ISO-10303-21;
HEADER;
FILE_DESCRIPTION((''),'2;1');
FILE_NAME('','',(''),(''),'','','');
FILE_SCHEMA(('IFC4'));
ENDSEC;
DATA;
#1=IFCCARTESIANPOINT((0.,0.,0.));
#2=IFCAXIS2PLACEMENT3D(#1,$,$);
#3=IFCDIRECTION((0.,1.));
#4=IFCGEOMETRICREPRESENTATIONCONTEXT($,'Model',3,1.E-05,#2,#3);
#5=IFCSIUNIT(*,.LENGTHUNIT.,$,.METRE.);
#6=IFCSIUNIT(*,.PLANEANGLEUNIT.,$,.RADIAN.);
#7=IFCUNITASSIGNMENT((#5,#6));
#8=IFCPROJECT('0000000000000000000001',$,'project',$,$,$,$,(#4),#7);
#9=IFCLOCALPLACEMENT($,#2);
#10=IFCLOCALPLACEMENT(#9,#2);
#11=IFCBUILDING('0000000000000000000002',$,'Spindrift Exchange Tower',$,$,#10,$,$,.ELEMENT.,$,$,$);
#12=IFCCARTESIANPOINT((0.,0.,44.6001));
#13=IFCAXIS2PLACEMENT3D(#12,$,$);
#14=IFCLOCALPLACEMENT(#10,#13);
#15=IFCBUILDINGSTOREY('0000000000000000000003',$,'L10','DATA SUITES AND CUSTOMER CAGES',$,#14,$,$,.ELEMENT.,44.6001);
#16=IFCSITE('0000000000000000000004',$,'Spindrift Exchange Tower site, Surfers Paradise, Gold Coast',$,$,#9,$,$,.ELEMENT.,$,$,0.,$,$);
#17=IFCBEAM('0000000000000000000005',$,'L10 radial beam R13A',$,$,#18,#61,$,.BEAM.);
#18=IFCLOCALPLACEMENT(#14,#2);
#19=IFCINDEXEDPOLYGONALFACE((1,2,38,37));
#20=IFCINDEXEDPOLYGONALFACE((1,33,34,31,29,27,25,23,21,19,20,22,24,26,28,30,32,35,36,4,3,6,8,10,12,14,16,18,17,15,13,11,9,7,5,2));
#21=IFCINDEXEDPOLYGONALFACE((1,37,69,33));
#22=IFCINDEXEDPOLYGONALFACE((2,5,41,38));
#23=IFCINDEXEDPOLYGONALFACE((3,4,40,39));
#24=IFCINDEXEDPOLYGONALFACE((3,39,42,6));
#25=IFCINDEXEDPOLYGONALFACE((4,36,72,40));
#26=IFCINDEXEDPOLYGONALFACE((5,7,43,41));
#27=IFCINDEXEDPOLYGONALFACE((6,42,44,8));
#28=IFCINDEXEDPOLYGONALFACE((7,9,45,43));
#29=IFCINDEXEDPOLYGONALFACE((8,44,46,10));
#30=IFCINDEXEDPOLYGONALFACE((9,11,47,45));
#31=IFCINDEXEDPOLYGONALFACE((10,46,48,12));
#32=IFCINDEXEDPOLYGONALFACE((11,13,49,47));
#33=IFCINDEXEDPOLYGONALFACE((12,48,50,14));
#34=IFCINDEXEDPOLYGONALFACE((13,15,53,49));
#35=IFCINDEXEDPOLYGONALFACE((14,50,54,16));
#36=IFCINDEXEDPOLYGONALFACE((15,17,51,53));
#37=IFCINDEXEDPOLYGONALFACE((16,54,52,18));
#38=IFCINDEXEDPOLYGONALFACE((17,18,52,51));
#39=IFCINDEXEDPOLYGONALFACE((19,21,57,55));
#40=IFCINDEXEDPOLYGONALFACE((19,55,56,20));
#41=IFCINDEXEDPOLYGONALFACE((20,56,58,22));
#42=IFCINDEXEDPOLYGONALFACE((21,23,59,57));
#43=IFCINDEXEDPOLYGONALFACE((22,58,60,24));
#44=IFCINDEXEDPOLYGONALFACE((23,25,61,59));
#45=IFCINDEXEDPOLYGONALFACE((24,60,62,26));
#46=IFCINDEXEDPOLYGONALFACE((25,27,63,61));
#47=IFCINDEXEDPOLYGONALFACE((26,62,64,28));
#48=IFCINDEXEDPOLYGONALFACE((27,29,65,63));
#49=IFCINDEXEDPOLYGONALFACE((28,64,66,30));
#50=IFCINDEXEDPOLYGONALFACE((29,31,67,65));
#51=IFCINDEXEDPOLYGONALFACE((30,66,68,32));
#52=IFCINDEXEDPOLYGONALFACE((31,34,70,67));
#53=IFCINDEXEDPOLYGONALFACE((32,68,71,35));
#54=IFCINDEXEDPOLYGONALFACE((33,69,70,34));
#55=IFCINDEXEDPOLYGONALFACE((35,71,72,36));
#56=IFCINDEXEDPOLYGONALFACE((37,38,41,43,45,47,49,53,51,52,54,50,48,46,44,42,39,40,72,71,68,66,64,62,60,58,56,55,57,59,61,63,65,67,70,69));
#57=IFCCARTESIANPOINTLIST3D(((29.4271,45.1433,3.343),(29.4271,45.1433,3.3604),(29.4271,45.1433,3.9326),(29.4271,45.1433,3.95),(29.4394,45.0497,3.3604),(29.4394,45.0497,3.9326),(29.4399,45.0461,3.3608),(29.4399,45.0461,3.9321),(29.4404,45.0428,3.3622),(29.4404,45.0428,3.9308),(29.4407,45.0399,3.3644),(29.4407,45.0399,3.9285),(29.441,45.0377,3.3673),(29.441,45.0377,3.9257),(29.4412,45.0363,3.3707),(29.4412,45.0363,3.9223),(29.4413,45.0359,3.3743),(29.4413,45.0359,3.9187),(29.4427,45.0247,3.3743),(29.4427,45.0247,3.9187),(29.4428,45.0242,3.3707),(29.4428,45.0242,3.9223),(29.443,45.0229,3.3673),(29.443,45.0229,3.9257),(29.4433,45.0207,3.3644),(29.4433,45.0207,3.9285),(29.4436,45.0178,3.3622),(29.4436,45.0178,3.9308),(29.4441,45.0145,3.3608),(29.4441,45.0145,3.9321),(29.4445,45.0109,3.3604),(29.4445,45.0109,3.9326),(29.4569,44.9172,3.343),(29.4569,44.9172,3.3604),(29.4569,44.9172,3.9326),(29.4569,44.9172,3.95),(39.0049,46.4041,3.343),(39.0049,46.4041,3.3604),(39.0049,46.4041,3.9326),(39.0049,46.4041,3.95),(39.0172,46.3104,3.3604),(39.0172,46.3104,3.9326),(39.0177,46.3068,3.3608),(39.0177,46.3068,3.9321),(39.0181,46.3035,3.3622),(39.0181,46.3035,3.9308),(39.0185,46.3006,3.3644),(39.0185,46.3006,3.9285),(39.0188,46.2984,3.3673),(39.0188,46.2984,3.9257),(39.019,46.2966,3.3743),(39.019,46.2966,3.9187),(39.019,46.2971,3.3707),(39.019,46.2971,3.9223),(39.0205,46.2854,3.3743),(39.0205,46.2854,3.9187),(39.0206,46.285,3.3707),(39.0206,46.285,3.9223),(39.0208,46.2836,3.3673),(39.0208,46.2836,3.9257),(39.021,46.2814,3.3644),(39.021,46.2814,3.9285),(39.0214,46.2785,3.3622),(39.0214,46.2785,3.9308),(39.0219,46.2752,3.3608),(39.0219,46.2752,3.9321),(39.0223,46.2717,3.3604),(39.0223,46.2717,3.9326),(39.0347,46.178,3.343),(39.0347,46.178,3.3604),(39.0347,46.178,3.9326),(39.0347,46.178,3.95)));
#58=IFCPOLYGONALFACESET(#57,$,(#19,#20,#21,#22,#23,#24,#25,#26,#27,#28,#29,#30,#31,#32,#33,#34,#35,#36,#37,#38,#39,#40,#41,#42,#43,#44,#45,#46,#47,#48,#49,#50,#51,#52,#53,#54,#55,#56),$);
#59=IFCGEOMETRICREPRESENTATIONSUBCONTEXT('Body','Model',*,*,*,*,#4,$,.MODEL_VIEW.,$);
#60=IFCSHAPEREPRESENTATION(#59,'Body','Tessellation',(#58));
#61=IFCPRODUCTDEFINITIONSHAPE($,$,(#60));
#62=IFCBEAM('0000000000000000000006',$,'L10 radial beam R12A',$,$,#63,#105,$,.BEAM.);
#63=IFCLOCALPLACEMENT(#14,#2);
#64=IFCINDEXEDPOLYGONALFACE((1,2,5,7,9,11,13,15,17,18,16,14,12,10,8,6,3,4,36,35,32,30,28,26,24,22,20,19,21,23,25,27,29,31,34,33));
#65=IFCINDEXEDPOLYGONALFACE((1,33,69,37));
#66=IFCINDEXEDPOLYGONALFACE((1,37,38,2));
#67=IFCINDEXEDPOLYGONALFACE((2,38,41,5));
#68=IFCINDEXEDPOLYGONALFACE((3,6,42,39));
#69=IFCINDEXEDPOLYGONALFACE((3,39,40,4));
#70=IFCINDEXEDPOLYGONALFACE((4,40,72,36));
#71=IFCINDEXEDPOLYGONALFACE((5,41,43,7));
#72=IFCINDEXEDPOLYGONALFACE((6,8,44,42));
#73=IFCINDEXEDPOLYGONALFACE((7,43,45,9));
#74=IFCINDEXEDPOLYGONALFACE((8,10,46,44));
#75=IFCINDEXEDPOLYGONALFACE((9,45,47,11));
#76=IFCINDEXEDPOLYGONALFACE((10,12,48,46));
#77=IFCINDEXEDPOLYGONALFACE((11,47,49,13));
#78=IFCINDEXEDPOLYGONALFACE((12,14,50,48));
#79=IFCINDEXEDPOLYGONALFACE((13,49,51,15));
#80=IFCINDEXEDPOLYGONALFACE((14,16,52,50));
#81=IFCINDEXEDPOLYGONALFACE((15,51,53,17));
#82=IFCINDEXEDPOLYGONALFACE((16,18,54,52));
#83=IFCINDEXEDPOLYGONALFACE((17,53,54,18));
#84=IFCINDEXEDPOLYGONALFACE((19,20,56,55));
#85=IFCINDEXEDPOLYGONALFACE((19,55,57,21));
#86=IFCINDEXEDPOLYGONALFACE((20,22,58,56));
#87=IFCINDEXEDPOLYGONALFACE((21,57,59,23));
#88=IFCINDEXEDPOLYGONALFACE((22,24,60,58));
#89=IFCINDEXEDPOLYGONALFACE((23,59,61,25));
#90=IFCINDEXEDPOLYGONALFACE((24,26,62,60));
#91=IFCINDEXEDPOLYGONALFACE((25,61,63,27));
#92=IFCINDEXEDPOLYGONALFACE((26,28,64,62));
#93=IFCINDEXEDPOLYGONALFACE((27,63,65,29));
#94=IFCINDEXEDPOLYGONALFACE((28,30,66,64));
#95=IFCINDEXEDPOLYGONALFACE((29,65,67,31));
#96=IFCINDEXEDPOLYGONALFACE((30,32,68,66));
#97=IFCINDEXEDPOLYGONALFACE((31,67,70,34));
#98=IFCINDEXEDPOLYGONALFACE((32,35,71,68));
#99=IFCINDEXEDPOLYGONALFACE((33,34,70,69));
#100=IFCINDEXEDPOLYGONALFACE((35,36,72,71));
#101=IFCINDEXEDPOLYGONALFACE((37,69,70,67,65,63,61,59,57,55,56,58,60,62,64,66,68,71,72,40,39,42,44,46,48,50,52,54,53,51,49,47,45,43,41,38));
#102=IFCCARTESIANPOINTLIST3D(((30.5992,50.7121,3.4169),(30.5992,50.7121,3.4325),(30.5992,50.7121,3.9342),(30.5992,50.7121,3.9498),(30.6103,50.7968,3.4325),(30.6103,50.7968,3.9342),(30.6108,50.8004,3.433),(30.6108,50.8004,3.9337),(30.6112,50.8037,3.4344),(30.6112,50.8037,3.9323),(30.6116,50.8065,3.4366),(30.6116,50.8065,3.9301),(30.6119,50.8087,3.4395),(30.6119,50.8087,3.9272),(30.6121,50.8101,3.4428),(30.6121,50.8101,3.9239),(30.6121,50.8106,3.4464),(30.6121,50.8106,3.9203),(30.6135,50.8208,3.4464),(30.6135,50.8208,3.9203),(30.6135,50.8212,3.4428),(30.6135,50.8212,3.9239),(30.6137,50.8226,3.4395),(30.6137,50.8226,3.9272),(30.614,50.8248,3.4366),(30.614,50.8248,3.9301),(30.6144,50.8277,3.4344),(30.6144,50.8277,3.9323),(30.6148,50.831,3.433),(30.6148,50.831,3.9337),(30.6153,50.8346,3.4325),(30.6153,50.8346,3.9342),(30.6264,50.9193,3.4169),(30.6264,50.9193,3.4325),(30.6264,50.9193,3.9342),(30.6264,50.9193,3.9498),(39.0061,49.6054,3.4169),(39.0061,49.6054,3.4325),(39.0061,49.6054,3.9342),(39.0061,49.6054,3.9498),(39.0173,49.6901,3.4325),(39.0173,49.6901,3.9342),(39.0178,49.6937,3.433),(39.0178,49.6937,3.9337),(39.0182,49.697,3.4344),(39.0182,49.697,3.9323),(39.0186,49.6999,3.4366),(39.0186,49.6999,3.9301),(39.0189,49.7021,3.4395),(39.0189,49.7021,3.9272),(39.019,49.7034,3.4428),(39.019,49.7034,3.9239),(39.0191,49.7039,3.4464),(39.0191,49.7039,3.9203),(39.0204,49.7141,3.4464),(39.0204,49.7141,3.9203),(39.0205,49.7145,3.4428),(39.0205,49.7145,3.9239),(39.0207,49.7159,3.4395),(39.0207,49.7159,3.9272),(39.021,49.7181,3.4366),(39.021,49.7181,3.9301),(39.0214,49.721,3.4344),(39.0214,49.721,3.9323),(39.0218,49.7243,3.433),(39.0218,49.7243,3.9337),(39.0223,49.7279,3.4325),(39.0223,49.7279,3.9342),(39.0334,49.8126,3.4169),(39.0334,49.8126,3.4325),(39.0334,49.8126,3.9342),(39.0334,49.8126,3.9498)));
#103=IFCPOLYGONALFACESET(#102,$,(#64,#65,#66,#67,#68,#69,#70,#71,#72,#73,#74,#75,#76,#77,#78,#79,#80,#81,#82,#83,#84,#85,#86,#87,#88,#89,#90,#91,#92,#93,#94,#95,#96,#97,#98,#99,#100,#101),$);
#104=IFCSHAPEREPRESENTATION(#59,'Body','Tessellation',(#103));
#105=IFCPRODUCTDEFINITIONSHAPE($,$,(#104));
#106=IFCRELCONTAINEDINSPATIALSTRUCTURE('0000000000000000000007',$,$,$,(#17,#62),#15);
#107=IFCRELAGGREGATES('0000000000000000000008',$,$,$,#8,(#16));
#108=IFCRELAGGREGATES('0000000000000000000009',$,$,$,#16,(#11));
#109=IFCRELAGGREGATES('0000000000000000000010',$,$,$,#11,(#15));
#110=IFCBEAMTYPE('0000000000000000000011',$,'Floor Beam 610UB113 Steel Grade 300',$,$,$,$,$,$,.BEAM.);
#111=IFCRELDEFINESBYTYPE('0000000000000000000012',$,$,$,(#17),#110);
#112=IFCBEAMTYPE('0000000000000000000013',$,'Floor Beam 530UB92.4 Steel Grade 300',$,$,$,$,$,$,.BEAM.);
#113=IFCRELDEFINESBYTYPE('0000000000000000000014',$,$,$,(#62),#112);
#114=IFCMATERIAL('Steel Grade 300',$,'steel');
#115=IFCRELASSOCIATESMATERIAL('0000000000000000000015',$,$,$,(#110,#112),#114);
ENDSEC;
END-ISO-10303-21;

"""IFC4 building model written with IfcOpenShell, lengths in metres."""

from ifc_helpers import new_model, si_unit, direction, frame, origin, origin_2d, place, context, subcontext, project, spatial, i_section, extrude, source, transform, mapped, material, material_profile, profile_set, type_object, element, save


model = new_model("IFC4")

# Units and contexts
model_context = context("Model", 3, precision=1e-05, world=origin(), true_north=direction((0.0, 1.0)))
body_context = subcontext(model_context, "Body", "Model", "MODEL_VIEW")
ifc_project = project(units=[si_unit("LENGTHUNIT", "METRE"), si_unit("PLANEANGLEUNIT", "RADIAN")], contexts=[model_context])

# Site, building, storey
site_placement = place(None, origin())
site = spatial("IfcSite", under=ifc_project, at=site_placement, Name="Spindrift Exchange Tower site, Surfers Paradise, Gold Coast", CompositionType="ELEMENT", RefElevation=0.0)
building_placement = place(site_placement, origin())
building = spatial("IfcBuilding", under=site, at=building_placement, Name="Spindrift Exchange Tower", CompositionType="ELEMENT")
storey_placement = place(building_placement, frame((0.0, 0.0, 44.6001)))
storey = spatial("IfcBuildingStorey", under=building, at=storey_placement, Name="L10", Description="DATA SUITES AND CUSTOMER CAGES", CompositionType="ELEMENT", Elevation=44.6001)

# Beams
ifc_material_1 = material(Name="Steel Grade 300", Category="steel")
ifc_material_profile_1 = material_profile(ifc_material_1, i_section(OverallWidth=0.228, OverallDepth=0.6069, WebThickness=0.0112, FlangeThickness=0.0173, FilletRadius=0.0139, at=origin_2d()), Name="610UB113")
ifc_profile_set_1 = profile_set([ifc_material_profile_1], Name="Steel Grade 300")
beam_type_1 = type_object("IfcBeamType", Name="Floor Beam 610UB113 Steel Grade 300", PredefinedType="BEAM", material=ifc_profile_set_1)
shared_shape_1 = source(origin(), body_context, "Body", "SweptSolid", [
    extrude(i_section(OverallWidth=0.228, OverallDepth=0.6069, WebThickness=0.0112, FlangeThickness=0.0173, FilletRadius=0.0139, at=origin_2d()), origin(), (0.0, 0.0, 1.0), 9.6604),
])
beam_1_placement = place(storey_placement, frame((39.0198, 46.291, 3.6465), z_axis=(-0.991448, -0.130505, 0.0), x_axis=(0.130505, -0.991448, 0.0)))
element("IfcBeam", 1, at=beam_1_placement, inside=storey, type_object=beam_type_1, Name="L10 radial beam R13A", PredefinedType="BEAM", context=body_context, shape_type="MappedRepresentation", body=[
    mapped(shared_shape_1, transform((0.0, 0.0, 0.0), scale=1.0)),
])
ifc_material_profile_2 = material_profile(ifc_material_1, i_section(OverallWidth=0.209, OverallDepth=0.533, WebThickness=0.0103, FlangeThickness=0.0156, FilletRadius=0.0139, at=origin_2d()), Name="530UB92.4")
ifc_profile_set_2 = profile_set([ifc_material_profile_2], Name="Steel Grade 300")
beam_type_2 = type_object("IfcBeamType", Name="Floor Beam 530UB92.4 Steel Grade 300", PredefinedType="BEAM", material=ifc_profile_set_2)
shared_shape_2 = source(origin(), body_context, "Body", "SweptSolid", [
    extrude(i_section(OverallWidth=0.209, OverallDepth=0.533, WebThickness=0.0103, FlangeThickness=0.0156, FilletRadius=0.0139, at=origin_2d()), origin(), (0.0, 0.0, 1.0), 8.4795),
])
beam_2_placement = place(storey_placement, frame((39.0198, 49.709, 3.6833), z_axis=(-0.991447, 0.130513, 0.0), x_axis=(-0.130513, -0.991447, 0.0)))
element("IfcBeam", 2, at=beam_2_placement, inside=storey, type_object=beam_type_2, Name="L10 radial beam R12A", PredefinedType="BEAM", context=body_context, shape_type="MappedRepresentation", body=[
    mapped(shared_shape_2, transform((0.0, 0.0, 0.0), scale=1.0)),
])

save(model, "model.ifc")
